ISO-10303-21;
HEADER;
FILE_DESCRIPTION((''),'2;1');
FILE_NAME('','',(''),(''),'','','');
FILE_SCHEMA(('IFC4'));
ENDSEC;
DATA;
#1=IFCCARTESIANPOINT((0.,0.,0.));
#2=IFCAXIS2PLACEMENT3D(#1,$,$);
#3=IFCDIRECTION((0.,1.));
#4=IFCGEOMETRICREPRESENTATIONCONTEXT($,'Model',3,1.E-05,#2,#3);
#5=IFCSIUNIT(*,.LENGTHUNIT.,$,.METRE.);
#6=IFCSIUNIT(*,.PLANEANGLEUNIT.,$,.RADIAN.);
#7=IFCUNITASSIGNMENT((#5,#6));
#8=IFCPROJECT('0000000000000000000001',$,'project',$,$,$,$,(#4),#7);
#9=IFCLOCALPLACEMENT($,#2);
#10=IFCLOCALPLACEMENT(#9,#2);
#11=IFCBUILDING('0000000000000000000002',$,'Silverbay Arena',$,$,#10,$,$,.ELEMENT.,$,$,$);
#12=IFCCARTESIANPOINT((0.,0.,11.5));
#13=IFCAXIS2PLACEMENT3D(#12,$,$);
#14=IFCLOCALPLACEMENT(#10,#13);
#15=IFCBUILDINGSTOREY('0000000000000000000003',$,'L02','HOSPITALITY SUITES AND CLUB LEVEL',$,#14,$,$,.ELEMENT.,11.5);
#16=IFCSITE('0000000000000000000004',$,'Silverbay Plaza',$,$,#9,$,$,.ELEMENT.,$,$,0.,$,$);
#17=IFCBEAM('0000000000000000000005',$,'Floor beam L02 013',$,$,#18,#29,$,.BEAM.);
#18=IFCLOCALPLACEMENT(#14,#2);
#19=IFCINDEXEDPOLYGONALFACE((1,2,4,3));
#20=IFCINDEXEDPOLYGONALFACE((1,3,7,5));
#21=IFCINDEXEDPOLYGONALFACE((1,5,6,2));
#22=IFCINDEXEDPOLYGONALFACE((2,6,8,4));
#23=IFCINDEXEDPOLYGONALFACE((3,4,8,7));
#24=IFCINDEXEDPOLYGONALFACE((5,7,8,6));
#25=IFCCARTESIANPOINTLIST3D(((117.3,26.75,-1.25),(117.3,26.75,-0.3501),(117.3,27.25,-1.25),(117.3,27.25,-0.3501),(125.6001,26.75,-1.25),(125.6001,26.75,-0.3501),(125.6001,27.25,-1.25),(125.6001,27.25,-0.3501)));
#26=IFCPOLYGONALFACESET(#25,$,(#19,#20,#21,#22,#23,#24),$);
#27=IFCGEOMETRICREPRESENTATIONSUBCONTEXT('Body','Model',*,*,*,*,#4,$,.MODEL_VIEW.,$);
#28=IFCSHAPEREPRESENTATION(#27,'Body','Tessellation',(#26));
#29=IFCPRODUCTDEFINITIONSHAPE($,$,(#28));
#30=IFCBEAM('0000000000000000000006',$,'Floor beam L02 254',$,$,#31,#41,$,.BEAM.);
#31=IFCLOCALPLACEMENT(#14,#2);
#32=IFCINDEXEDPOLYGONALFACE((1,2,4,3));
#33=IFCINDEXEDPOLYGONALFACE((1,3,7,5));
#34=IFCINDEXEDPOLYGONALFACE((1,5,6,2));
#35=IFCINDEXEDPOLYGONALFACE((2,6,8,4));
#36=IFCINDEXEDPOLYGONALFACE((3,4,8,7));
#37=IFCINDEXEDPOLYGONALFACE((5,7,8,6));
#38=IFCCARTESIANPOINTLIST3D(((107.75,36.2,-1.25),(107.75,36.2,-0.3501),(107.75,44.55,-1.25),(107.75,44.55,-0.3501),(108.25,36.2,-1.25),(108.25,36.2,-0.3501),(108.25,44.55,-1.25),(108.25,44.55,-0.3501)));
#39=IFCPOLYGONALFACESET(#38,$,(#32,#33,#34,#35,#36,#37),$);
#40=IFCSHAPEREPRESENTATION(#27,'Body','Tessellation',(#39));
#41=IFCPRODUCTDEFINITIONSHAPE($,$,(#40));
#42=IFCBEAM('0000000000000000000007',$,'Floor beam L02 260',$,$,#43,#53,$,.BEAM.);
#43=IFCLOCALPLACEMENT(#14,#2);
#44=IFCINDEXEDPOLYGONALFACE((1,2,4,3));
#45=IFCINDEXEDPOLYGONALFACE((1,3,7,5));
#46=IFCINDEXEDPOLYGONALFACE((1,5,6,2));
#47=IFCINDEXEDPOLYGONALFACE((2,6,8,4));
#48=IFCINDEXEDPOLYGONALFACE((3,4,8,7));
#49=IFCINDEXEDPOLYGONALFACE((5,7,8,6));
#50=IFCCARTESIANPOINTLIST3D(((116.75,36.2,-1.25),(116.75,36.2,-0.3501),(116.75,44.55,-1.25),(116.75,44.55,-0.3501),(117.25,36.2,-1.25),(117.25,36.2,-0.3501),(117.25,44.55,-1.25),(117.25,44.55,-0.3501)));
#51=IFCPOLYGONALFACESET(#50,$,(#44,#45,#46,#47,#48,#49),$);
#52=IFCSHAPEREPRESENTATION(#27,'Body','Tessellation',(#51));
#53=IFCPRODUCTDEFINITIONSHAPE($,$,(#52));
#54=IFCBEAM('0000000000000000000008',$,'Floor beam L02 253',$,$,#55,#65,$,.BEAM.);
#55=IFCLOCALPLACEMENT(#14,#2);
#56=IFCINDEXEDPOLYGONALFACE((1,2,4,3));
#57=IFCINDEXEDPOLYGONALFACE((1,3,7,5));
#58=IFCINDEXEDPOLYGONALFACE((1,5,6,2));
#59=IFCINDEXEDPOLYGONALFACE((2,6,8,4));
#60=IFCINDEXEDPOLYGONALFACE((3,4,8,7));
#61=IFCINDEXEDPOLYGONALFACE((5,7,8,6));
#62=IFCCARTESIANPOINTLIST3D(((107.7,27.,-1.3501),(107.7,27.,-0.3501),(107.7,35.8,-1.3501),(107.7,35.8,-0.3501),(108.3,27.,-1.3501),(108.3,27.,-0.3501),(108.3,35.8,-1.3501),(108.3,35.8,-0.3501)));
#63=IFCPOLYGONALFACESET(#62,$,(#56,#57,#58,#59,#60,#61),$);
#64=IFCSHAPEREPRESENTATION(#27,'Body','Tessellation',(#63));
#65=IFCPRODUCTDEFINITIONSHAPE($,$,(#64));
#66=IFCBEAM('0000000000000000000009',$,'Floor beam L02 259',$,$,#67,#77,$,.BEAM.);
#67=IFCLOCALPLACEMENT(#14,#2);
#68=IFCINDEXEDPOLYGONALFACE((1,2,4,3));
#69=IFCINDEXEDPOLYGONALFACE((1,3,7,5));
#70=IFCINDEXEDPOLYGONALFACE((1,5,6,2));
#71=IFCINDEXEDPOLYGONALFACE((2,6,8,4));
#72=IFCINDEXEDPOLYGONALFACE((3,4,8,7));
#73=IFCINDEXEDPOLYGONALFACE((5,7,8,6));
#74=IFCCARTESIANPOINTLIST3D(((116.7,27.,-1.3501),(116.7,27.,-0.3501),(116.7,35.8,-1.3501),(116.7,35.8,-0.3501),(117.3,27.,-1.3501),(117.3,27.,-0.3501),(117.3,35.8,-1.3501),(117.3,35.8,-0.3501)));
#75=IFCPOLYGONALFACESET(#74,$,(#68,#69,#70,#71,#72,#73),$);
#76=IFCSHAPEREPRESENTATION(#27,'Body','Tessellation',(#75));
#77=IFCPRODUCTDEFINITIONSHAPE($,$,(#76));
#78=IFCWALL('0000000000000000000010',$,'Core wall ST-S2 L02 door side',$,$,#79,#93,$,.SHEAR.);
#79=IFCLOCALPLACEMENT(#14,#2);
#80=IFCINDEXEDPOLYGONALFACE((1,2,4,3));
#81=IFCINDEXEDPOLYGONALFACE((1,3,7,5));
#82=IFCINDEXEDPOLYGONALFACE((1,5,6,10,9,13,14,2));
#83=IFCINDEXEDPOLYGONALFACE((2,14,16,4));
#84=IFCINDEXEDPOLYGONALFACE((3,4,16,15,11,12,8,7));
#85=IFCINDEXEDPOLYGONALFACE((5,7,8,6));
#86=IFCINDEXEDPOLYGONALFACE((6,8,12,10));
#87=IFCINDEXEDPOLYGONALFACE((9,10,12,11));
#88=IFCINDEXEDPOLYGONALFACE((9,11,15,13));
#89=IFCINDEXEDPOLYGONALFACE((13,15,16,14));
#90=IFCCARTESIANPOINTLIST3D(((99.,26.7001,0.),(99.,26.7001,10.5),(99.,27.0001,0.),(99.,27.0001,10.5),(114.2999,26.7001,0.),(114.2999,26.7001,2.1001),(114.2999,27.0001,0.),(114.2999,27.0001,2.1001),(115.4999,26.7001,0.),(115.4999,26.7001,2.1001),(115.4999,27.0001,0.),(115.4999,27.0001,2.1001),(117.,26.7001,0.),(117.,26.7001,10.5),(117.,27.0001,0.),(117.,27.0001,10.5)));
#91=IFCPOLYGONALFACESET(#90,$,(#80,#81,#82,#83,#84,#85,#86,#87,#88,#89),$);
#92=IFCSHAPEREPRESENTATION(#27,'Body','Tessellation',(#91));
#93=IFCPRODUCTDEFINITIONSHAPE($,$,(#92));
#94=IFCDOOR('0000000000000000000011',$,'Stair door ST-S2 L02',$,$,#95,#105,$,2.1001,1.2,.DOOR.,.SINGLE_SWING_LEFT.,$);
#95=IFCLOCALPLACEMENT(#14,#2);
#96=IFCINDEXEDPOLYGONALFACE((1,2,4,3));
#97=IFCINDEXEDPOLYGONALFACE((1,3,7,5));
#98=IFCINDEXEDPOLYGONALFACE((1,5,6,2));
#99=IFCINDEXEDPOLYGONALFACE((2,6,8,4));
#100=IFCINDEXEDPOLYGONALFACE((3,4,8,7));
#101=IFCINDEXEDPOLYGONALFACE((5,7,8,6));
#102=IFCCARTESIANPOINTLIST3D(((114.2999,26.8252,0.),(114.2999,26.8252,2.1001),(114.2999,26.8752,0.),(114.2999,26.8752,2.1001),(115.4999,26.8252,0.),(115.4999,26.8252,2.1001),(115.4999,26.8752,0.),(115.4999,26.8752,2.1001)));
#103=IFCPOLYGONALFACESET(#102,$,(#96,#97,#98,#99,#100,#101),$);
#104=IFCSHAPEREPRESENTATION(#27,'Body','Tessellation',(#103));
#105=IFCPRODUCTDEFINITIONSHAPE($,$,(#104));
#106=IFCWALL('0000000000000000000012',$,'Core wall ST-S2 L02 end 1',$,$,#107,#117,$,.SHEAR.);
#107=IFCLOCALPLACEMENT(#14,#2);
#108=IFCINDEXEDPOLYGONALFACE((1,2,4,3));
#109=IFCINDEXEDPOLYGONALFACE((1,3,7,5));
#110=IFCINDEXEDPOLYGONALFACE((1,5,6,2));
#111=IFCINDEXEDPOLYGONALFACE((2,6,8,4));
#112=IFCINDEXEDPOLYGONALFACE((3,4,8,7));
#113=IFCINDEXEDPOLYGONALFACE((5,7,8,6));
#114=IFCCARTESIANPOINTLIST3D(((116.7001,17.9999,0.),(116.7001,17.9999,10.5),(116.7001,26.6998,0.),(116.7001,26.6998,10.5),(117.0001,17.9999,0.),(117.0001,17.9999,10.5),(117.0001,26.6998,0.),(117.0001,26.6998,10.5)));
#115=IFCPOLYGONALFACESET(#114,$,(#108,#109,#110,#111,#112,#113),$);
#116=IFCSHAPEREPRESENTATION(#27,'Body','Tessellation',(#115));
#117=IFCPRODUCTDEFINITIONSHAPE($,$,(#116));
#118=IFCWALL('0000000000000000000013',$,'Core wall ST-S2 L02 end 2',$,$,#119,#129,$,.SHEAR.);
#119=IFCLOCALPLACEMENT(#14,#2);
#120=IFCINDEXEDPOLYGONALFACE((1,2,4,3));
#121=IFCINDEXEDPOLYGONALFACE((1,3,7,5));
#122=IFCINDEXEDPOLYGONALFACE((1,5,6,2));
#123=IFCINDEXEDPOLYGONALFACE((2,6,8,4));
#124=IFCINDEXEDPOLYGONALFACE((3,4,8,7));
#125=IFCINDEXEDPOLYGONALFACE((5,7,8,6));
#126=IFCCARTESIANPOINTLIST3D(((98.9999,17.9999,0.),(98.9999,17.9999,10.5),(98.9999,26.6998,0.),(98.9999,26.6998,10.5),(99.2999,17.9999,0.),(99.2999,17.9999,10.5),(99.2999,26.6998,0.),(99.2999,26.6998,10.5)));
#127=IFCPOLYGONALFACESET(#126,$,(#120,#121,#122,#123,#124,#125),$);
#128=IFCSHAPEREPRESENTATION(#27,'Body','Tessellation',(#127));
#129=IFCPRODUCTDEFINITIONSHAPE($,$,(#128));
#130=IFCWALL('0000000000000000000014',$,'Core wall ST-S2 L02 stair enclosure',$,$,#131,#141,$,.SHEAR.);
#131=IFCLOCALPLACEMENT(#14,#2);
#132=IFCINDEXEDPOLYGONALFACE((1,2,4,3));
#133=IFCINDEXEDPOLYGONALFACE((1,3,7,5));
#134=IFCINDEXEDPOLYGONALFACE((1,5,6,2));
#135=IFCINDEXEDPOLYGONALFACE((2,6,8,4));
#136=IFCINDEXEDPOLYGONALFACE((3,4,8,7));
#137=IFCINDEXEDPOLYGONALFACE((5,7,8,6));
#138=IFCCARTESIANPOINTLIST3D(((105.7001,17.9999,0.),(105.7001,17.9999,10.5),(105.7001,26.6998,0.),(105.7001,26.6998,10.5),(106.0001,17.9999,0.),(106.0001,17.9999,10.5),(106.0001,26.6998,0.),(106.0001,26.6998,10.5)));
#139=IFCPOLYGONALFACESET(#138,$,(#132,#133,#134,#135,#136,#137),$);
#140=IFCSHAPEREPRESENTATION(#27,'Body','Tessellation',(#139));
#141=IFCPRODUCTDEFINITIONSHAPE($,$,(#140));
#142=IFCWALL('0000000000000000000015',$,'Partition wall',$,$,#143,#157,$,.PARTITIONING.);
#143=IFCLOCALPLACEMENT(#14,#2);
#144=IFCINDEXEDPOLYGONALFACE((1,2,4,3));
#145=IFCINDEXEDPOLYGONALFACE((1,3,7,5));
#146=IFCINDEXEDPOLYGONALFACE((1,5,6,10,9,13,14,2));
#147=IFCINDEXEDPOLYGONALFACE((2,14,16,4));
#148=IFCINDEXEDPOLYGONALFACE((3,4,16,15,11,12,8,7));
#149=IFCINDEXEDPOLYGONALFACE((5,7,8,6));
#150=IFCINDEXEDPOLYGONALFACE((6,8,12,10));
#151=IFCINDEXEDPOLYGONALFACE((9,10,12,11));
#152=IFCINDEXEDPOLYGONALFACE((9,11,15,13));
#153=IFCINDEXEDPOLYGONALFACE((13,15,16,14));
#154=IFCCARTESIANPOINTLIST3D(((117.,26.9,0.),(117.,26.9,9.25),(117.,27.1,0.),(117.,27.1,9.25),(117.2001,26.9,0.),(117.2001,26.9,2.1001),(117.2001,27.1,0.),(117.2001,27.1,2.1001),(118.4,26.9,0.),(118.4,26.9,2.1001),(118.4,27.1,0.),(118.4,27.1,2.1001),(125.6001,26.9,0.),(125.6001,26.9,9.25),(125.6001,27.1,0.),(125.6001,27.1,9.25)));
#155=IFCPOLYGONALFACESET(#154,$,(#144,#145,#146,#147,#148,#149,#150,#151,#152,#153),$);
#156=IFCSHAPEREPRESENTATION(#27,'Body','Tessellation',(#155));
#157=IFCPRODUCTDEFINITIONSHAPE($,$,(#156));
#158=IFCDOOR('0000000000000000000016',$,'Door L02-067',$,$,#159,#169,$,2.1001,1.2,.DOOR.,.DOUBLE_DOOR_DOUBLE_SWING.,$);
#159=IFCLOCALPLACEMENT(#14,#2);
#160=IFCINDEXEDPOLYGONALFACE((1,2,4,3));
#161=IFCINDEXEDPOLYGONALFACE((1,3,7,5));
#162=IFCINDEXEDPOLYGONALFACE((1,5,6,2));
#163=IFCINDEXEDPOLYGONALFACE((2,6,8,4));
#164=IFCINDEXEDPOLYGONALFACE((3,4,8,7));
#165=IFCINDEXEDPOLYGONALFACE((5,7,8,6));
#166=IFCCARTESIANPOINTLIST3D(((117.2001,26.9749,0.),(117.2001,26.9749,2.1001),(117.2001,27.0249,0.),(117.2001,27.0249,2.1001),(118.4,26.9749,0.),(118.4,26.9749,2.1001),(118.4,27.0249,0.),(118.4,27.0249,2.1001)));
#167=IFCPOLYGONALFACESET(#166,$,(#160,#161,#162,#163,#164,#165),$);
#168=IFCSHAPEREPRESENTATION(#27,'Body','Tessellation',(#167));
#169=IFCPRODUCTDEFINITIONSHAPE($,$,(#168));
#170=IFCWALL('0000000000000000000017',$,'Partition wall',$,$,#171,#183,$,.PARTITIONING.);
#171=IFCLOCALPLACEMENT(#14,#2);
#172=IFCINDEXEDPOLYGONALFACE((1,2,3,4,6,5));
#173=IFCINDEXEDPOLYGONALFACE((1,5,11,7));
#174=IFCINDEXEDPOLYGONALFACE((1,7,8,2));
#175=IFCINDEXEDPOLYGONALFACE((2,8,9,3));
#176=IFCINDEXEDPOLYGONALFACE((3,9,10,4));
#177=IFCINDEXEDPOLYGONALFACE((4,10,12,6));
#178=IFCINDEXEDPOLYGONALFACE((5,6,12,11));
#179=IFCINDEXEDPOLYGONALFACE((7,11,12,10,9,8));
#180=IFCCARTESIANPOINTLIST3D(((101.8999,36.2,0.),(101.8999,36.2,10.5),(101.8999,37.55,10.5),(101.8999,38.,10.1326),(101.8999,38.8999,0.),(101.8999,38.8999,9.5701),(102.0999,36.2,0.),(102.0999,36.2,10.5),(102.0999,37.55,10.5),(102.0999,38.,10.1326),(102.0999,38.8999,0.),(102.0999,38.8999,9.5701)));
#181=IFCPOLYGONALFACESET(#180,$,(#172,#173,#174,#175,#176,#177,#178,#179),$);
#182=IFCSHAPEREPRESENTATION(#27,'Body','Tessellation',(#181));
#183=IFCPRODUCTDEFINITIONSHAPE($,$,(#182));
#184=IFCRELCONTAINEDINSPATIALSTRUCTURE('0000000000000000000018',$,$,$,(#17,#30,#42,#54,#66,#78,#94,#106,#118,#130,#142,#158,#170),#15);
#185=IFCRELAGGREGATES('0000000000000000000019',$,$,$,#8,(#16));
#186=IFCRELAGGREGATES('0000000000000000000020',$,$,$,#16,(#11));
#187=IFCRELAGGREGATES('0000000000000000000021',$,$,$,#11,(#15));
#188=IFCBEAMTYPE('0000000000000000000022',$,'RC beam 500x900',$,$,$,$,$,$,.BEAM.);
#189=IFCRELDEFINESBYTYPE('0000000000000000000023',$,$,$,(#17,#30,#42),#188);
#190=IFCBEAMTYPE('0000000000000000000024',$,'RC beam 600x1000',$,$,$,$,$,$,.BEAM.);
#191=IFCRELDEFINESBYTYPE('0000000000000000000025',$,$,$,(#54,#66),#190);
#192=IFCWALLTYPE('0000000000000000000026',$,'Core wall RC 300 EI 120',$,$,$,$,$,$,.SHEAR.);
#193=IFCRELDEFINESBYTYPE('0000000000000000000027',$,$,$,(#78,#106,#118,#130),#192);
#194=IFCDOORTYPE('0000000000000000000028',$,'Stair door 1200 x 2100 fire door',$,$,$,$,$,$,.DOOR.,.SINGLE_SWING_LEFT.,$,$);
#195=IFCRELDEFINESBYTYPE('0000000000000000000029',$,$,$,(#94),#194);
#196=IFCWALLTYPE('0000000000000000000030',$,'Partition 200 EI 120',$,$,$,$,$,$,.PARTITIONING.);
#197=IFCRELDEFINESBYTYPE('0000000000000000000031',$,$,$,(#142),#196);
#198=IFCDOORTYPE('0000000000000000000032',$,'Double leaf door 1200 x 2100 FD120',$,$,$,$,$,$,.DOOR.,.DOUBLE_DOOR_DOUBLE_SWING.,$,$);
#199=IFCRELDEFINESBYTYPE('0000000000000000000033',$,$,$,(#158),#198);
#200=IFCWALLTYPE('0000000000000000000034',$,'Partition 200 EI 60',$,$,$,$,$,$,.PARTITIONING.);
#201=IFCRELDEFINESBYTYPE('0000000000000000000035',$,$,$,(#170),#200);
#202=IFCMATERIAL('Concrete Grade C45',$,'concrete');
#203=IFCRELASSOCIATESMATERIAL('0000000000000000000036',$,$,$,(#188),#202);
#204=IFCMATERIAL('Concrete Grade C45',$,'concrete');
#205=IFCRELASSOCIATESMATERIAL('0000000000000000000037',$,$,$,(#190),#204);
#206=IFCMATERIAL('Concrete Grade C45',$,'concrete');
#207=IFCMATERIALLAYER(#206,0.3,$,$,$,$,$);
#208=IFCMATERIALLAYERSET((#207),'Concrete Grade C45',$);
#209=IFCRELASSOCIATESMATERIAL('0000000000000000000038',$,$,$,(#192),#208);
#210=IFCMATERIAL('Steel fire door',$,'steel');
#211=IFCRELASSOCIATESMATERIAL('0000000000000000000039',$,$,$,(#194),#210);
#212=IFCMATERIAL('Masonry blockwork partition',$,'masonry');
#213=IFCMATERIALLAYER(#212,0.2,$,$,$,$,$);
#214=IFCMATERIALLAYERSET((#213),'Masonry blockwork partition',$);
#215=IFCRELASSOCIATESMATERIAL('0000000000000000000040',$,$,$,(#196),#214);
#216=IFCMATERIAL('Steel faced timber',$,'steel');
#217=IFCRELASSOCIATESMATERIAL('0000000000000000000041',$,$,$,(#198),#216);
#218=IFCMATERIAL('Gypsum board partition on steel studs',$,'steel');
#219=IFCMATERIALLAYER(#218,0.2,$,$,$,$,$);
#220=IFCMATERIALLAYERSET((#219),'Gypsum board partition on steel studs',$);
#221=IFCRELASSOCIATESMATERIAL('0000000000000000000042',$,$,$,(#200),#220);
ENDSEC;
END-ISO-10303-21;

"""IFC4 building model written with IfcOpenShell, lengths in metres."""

from ifc_helpers import new_model, si_unit, direction, frame, frame_2d, origin, origin_2d, place, context, subcontext, project, spatial, polyline, rectangle, outline, extrude, material, layer, layer_set, material_profile, profile_set, type_object, element, fill, save


model = new_model("IFC4")

# Units and contexts
model_context = context("Model", 3, precision=1e-05, world=origin(), true_north=direction((0.0, 1.0)))
body_context = subcontext(model_context, "Body", "Model", "MODEL_VIEW")
ifc_project = project(units=[si_unit("LENGTHUNIT", "METRE"), si_unit("PLANEANGLEUNIT", "RADIAN")], contexts=[model_context])

# Site, building, storey
site_placement = place(None, origin())
site = spatial("IfcSite", under=ifc_project, at=site_placement, Name="Silverbay Plaza", CompositionType="ELEMENT", RefElevation=0.0)
building_placement = place(site_placement, origin())
building = spatial("IfcBuilding", under=site, at=building_placement, Name="Silverbay Arena", CompositionType="ELEMENT")
storey_placement = place(building_placement, frame((0.0, 0.0, 11.5)))
storey = spatial("IfcBuildingStorey", under=building, at=storey_placement, Name="L02", Description="HOSPITALITY SUITES AND CLUB LEVEL", CompositionType="ELEMENT", Elevation=11.5)

# Beams
ifc_material_1 = material(Name="Concrete Grade C45", Category="concrete")
ifc_material_profile_1 = material_profile(ifc_material_1, rectangle(XDim=0.5, YDim=0.8999, at=origin_2d()), Name="RC 500x900")
ifc_profile_set_1 = profile_set([ifc_material_profile_1], Name="Concrete Grade C45")
beam_type_1 = type_object("IfcBeamType", Name="RC beam 500x900", PredefinedType="BEAM", material=ifc_profile_set_1)
beam_placement = place(storey_placement, frame((117.3, 27.0, -0.8), z_axis=(1.0, 0.0, 0.0), x_axis=(0.0, 1.0, 0.0)))
element("IfcBeam", 1, at=beam_placement, inside=storey, type_object=beam_type_1, Name="Floor beam L02 013", PredefinedType="BEAM", context=body_context, shape_type="SweptSolid", body=[
    extrude(rectangle(XDim=0.5, YDim=0.8999, at=origin_2d()), origin(), (0.0, 0.0, 1.0), 8.3),
])
for number, where, z_axis, x_axis, name in (
    (2, (108.0, 36.2, -0.8), (0.0, 1.0, 0.0), (-1.0, 0.0, 0.0), "Floor beam L02 254"),
    (3, (117.0, 36.2, -0.8), (0.0, 1.0, 0.0), (-1.0, 0.0, 0.0), "Floor beam L02 260"),
):
    element("IfcBeam", number, at=place(storey_placement, frame(where, z_axis=z_axis, x_axis=x_axis)), inside=storey, type_object=beam_type_1, Name=name, PredefinedType="BEAM", context=body_context, shape_type="SweptSolid", body=[
        extrude(rectangle(XDim=0.5, YDim=0.8999, at=origin_2d()), origin(), (0.0, 0.0, 1.0), 8.3501),
    ])
ifc_material_2 = material(Name="Concrete Grade C45", Category="concrete")
ifc_material_profile_2 = material_profile(ifc_material_2, rectangle(XDim=0.6001, YDim=1.0, at=origin_2d()), Name="RC 600x1000")
ifc_profile_set_2 = profile_set([ifc_material_profile_2], Name="Concrete Grade C45")
beam_type_2 = type_object("IfcBeamType", Name="RC beam 600x1000", PredefinedType="BEAM", material=ifc_profile_set_2)
for number, where, z_axis, x_axis, name in (
    (4, (108.0, 27.0, -0.8501), (0.0, 1.0, 0.0), (-1.0, 0.0, 0.0), "Floor beam L02 253"),
    (5, (117.0, 27.0, -0.8501), (0.0, 1.0, 0.0), (-1.0, 0.0, 0.0), "Floor beam L02 259"),
):
    element("IfcBeam", number, at=place(storey_placement, frame(where, z_axis=z_axis, x_axis=x_axis)), inside=storey, type_object=beam_type_2, Name=name, PredefinedType="BEAM", context=body_context, shape_type="SweptSolid", body=[
        extrude(rectangle(XDim=0.6001, YDim=1.0, at=origin_2d()), origin(), (0.0, 0.0, 1.0), 8.8),
    ])

# Wall, opening, door
ifc_material_3 = material(Name="Concrete Grade C45", Category="concrete")
ifc_layer_1 = layer(ifc_material_3, 0.3)
ifc_layer_set_1 = layer_set([ifc_layer_1], Name="Concrete Grade C45")
wall_type_1 = type_object("IfcWallType", Name="Core wall RC 300 EI 120", PredefinedType="SHEAR", material=ifc_layer_set_1)
wall_1_placement = place(storey_placement, frame((117.0, 26.8501, 0.0), z_axis=(0.0, 0.0, 1.0), x_axis=(-1.0, 0.0, 0.0)))
wall_1 = element("IfcWall", 6, at=wall_1_placement, inside=storey, type_object=wall_type_1, Name="Core wall ST-S2 L02 door side", PredefinedType="SHEAR", context=body_context, shape_type="SweptSolid", body=[
    extrude(rectangle(XDim=18.0, YDim=0.3, at=frame_2d((9.0, 0.0))), origin(), (0.0, 0.0, 1.0), 10.5),
])
opening_1_placement = place(wall_1_placement, frame((1.5, 0.0, 0.0)))
opening_1 = element("IfcOpeningElement", 7, at=opening_1_placement, cuts=wall_1, PredefinedType="OPENING", context=body_context, shape_type="SweptSolid", body=[
    extrude(rectangle(XDim=1.2, YDim=2.1001, at=frame_2d((0.6001, 1.05))), frame((0.0, 0.1602, 0.0), z_axis=(0.0, -1.0, 0.0), x_axis=(1.0, 0.0, 0.0)), (0.0, 0.0, 1.0), 0.3201),
])
ifc_material_4 = material(Name="Steel fire door", Category="steel")
door_type_1 = type_object("IfcDoorType", Name="Stair door 1200 x 2100 fire door", OperationType="SINGLE_SWING_LEFT", PredefinedType="DOOR", material=ifc_material_4)
door_1_placement = place(opening_1_placement, origin())
door_1 = element("IfcDoor", 8, at=door_1_placement, inside=storey, type_object=door_type_1, Name="Stair door ST-S2 L02", OperationType="SINGLE_SWING_LEFT", OverallHeight=2.1001, OverallWidth=1.2, PredefinedType="DOOR", context=body_context, shape_type="SweptSolid", body=[
    extrude(rectangle(XDim=1.2, YDim=2.1001, at=frame_2d((0.6001, 1.05))), frame((0.0, 0.0249, 0.0), z_axis=(0.0, -1.0, 0.0), x_axis=(1.0, 0.0, 0.0)), (0.0, 0.0, 1.0), 0.05),
])
fill(opening_1, door_1)

# Walls
for number, where, z_axis, x_axis, name in (
    (9, (116.8501, 26.7, 0.0), (0.0, 0.0, 1.0), (0.0, -1.0, 0.0), "Core wall ST-S2 L02 end 1"),
    (10, (99.1499, 26.7, 0.0), (0.0, 0.0, 1.0), (0.0, -1.0, 0.0), "Core wall ST-S2 L02 end 2"),
    (11, (105.8501, 26.7, 0.0), (0.0, 0.0, 1.0), (0.0, -1.0, 0.0), "Core wall ST-S2 L02 stair enclosure"),
):
    element("IfcWall", number, at=place(storey_placement, frame(where, z_axis=z_axis, x_axis=x_axis)), inside=storey, type_object=wall_type_1, Name=name, PredefinedType="SHEAR", context=body_context, shape_type="SweptSolid", body=[
        extrude(rectangle(XDim=8.7, YDim=0.3, at=frame_2d((4.3501, 0.0))), origin(), (0.0, 0.0, 1.0), 10.5),
    ])

# Wall, opening, door
ifc_material_5 = material(Name="Masonry blockwork partition", Category="masonry")
ifc_layer_2 = layer(ifc_material_5, 0.2)
ifc_layer_set_2 = layer_set([ifc_layer_2], Name="Masonry blockwork partition")
wall_type_2 = type_object("IfcWallType", Name="Partition 200 EI 120", PredefinedType="PARTITIONING", material=ifc_layer_set_2)
wall_2_placement = place(storey_placement, frame((117.0, 27.0, 0.0), z_axis=(0.0, 0.0, 1.0), x_axis=(1.0, 0.0, 0.0)))
wall_2 = element("IfcWall", 12, at=wall_2_placement, inside=storey, type_object=wall_type_2, Name="Partition wall", PredefinedType="PARTITIONING", context=body_context, shape_type="SweptSolid", body=[
    extrude(rectangle(XDim=8.6001, YDim=0.2, at=frame_2d((4.3, 0.0))), origin(), (0.0, 0.0, 1.0), 9.25),
])
opening_2_placement = place(wall_2_placement, frame((0.2, 0.0, 0.0)))
opening_2 = element("IfcOpeningElement", 13, at=opening_2_placement, cuts=wall_2, PredefinedType="OPENING", context=body_context, shape_type="SweptSolid", body=[
    extrude(rectangle(XDim=1.2, YDim=2.1001, at=frame_2d((0.6001, 1.05))), frame((0.0, 0.1099, 0.0), z_axis=(0.0, -1.0, 0.0), x_axis=(1.0, 0.0, 0.0)), (0.0, 0.0, 1.0), 0.22),
])
ifc_material_6 = material(Name="Steel faced timber", Category="steel")
door_type_2 = type_object("IfcDoorType", Name="Double leaf door 1200 x 2100 FD120", OperationType="DOUBLE_DOOR_DOUBLE_SWING", PredefinedType="DOOR", material=ifc_material_6)
door_2_placement = place(opening_2_placement, origin())
door_2 = element("IfcDoor", 14, at=door_2_placement, inside=storey, type_object=door_type_2, Name="Door L02-067", OperationType="DOUBLE_DOOR_DOUBLE_SWING", OverallHeight=2.1001, OverallWidth=1.2, PredefinedType="DOOR", context=body_context, shape_type="SweptSolid", body=[
    extrude(rectangle(XDim=1.2, YDim=2.1001, at=frame_2d((0.6001, 1.05))), frame((0.0, 0.0249, 0.0), z_axis=(0.0, -1.0, 0.0), x_axis=(1.0, 0.0, 0.0)), (0.0, 0.0, 1.0), 0.05),
])
fill(opening_2, door_2)

# Wall
ifc_material_7 = material(Name="Gypsum board partition on steel studs", Category="steel")
ifc_layer_3 = layer(ifc_material_7, 0.2)
ifc_layer_set_3 = layer_set([ifc_layer_3], Name="Gypsum board partition on steel studs")
wall_type_3 = type_object("IfcWallType", Name="Partition 200 EI 60", PredefinedType="PARTITIONING", material=ifc_layer_set_3)
wall_3_placement = place(storey_placement, frame((102.0, 36.2, 0.0), z_axis=(0.0, 0.0, 1.0), x_axis=(0.0, 1.0, 0.0)))
element("IfcWall", 15, at=wall_3_placement, inside=storey, type_object=wall_type_3, Name="Partition wall", PredefinedType="PARTITIONING", context=body_context, shape_type="SweptSolid", body=[
    extrude(outline(polyline([(0.0, 0.0), (2.7, 0.0), (2.7, 9.5701), (1.8, 10.1326), (1.3501, 10.5), (0.0, 10.5), (0.0, 0.0)])), frame((0.0, 0.1001, 0.0), z_axis=(0.0, -1.0, 0.0), x_axis=(1.0, 0.0, 0.0)), (0.0, 0.0, 1.0), 0.2),
])

save(model, "model.ifc")
